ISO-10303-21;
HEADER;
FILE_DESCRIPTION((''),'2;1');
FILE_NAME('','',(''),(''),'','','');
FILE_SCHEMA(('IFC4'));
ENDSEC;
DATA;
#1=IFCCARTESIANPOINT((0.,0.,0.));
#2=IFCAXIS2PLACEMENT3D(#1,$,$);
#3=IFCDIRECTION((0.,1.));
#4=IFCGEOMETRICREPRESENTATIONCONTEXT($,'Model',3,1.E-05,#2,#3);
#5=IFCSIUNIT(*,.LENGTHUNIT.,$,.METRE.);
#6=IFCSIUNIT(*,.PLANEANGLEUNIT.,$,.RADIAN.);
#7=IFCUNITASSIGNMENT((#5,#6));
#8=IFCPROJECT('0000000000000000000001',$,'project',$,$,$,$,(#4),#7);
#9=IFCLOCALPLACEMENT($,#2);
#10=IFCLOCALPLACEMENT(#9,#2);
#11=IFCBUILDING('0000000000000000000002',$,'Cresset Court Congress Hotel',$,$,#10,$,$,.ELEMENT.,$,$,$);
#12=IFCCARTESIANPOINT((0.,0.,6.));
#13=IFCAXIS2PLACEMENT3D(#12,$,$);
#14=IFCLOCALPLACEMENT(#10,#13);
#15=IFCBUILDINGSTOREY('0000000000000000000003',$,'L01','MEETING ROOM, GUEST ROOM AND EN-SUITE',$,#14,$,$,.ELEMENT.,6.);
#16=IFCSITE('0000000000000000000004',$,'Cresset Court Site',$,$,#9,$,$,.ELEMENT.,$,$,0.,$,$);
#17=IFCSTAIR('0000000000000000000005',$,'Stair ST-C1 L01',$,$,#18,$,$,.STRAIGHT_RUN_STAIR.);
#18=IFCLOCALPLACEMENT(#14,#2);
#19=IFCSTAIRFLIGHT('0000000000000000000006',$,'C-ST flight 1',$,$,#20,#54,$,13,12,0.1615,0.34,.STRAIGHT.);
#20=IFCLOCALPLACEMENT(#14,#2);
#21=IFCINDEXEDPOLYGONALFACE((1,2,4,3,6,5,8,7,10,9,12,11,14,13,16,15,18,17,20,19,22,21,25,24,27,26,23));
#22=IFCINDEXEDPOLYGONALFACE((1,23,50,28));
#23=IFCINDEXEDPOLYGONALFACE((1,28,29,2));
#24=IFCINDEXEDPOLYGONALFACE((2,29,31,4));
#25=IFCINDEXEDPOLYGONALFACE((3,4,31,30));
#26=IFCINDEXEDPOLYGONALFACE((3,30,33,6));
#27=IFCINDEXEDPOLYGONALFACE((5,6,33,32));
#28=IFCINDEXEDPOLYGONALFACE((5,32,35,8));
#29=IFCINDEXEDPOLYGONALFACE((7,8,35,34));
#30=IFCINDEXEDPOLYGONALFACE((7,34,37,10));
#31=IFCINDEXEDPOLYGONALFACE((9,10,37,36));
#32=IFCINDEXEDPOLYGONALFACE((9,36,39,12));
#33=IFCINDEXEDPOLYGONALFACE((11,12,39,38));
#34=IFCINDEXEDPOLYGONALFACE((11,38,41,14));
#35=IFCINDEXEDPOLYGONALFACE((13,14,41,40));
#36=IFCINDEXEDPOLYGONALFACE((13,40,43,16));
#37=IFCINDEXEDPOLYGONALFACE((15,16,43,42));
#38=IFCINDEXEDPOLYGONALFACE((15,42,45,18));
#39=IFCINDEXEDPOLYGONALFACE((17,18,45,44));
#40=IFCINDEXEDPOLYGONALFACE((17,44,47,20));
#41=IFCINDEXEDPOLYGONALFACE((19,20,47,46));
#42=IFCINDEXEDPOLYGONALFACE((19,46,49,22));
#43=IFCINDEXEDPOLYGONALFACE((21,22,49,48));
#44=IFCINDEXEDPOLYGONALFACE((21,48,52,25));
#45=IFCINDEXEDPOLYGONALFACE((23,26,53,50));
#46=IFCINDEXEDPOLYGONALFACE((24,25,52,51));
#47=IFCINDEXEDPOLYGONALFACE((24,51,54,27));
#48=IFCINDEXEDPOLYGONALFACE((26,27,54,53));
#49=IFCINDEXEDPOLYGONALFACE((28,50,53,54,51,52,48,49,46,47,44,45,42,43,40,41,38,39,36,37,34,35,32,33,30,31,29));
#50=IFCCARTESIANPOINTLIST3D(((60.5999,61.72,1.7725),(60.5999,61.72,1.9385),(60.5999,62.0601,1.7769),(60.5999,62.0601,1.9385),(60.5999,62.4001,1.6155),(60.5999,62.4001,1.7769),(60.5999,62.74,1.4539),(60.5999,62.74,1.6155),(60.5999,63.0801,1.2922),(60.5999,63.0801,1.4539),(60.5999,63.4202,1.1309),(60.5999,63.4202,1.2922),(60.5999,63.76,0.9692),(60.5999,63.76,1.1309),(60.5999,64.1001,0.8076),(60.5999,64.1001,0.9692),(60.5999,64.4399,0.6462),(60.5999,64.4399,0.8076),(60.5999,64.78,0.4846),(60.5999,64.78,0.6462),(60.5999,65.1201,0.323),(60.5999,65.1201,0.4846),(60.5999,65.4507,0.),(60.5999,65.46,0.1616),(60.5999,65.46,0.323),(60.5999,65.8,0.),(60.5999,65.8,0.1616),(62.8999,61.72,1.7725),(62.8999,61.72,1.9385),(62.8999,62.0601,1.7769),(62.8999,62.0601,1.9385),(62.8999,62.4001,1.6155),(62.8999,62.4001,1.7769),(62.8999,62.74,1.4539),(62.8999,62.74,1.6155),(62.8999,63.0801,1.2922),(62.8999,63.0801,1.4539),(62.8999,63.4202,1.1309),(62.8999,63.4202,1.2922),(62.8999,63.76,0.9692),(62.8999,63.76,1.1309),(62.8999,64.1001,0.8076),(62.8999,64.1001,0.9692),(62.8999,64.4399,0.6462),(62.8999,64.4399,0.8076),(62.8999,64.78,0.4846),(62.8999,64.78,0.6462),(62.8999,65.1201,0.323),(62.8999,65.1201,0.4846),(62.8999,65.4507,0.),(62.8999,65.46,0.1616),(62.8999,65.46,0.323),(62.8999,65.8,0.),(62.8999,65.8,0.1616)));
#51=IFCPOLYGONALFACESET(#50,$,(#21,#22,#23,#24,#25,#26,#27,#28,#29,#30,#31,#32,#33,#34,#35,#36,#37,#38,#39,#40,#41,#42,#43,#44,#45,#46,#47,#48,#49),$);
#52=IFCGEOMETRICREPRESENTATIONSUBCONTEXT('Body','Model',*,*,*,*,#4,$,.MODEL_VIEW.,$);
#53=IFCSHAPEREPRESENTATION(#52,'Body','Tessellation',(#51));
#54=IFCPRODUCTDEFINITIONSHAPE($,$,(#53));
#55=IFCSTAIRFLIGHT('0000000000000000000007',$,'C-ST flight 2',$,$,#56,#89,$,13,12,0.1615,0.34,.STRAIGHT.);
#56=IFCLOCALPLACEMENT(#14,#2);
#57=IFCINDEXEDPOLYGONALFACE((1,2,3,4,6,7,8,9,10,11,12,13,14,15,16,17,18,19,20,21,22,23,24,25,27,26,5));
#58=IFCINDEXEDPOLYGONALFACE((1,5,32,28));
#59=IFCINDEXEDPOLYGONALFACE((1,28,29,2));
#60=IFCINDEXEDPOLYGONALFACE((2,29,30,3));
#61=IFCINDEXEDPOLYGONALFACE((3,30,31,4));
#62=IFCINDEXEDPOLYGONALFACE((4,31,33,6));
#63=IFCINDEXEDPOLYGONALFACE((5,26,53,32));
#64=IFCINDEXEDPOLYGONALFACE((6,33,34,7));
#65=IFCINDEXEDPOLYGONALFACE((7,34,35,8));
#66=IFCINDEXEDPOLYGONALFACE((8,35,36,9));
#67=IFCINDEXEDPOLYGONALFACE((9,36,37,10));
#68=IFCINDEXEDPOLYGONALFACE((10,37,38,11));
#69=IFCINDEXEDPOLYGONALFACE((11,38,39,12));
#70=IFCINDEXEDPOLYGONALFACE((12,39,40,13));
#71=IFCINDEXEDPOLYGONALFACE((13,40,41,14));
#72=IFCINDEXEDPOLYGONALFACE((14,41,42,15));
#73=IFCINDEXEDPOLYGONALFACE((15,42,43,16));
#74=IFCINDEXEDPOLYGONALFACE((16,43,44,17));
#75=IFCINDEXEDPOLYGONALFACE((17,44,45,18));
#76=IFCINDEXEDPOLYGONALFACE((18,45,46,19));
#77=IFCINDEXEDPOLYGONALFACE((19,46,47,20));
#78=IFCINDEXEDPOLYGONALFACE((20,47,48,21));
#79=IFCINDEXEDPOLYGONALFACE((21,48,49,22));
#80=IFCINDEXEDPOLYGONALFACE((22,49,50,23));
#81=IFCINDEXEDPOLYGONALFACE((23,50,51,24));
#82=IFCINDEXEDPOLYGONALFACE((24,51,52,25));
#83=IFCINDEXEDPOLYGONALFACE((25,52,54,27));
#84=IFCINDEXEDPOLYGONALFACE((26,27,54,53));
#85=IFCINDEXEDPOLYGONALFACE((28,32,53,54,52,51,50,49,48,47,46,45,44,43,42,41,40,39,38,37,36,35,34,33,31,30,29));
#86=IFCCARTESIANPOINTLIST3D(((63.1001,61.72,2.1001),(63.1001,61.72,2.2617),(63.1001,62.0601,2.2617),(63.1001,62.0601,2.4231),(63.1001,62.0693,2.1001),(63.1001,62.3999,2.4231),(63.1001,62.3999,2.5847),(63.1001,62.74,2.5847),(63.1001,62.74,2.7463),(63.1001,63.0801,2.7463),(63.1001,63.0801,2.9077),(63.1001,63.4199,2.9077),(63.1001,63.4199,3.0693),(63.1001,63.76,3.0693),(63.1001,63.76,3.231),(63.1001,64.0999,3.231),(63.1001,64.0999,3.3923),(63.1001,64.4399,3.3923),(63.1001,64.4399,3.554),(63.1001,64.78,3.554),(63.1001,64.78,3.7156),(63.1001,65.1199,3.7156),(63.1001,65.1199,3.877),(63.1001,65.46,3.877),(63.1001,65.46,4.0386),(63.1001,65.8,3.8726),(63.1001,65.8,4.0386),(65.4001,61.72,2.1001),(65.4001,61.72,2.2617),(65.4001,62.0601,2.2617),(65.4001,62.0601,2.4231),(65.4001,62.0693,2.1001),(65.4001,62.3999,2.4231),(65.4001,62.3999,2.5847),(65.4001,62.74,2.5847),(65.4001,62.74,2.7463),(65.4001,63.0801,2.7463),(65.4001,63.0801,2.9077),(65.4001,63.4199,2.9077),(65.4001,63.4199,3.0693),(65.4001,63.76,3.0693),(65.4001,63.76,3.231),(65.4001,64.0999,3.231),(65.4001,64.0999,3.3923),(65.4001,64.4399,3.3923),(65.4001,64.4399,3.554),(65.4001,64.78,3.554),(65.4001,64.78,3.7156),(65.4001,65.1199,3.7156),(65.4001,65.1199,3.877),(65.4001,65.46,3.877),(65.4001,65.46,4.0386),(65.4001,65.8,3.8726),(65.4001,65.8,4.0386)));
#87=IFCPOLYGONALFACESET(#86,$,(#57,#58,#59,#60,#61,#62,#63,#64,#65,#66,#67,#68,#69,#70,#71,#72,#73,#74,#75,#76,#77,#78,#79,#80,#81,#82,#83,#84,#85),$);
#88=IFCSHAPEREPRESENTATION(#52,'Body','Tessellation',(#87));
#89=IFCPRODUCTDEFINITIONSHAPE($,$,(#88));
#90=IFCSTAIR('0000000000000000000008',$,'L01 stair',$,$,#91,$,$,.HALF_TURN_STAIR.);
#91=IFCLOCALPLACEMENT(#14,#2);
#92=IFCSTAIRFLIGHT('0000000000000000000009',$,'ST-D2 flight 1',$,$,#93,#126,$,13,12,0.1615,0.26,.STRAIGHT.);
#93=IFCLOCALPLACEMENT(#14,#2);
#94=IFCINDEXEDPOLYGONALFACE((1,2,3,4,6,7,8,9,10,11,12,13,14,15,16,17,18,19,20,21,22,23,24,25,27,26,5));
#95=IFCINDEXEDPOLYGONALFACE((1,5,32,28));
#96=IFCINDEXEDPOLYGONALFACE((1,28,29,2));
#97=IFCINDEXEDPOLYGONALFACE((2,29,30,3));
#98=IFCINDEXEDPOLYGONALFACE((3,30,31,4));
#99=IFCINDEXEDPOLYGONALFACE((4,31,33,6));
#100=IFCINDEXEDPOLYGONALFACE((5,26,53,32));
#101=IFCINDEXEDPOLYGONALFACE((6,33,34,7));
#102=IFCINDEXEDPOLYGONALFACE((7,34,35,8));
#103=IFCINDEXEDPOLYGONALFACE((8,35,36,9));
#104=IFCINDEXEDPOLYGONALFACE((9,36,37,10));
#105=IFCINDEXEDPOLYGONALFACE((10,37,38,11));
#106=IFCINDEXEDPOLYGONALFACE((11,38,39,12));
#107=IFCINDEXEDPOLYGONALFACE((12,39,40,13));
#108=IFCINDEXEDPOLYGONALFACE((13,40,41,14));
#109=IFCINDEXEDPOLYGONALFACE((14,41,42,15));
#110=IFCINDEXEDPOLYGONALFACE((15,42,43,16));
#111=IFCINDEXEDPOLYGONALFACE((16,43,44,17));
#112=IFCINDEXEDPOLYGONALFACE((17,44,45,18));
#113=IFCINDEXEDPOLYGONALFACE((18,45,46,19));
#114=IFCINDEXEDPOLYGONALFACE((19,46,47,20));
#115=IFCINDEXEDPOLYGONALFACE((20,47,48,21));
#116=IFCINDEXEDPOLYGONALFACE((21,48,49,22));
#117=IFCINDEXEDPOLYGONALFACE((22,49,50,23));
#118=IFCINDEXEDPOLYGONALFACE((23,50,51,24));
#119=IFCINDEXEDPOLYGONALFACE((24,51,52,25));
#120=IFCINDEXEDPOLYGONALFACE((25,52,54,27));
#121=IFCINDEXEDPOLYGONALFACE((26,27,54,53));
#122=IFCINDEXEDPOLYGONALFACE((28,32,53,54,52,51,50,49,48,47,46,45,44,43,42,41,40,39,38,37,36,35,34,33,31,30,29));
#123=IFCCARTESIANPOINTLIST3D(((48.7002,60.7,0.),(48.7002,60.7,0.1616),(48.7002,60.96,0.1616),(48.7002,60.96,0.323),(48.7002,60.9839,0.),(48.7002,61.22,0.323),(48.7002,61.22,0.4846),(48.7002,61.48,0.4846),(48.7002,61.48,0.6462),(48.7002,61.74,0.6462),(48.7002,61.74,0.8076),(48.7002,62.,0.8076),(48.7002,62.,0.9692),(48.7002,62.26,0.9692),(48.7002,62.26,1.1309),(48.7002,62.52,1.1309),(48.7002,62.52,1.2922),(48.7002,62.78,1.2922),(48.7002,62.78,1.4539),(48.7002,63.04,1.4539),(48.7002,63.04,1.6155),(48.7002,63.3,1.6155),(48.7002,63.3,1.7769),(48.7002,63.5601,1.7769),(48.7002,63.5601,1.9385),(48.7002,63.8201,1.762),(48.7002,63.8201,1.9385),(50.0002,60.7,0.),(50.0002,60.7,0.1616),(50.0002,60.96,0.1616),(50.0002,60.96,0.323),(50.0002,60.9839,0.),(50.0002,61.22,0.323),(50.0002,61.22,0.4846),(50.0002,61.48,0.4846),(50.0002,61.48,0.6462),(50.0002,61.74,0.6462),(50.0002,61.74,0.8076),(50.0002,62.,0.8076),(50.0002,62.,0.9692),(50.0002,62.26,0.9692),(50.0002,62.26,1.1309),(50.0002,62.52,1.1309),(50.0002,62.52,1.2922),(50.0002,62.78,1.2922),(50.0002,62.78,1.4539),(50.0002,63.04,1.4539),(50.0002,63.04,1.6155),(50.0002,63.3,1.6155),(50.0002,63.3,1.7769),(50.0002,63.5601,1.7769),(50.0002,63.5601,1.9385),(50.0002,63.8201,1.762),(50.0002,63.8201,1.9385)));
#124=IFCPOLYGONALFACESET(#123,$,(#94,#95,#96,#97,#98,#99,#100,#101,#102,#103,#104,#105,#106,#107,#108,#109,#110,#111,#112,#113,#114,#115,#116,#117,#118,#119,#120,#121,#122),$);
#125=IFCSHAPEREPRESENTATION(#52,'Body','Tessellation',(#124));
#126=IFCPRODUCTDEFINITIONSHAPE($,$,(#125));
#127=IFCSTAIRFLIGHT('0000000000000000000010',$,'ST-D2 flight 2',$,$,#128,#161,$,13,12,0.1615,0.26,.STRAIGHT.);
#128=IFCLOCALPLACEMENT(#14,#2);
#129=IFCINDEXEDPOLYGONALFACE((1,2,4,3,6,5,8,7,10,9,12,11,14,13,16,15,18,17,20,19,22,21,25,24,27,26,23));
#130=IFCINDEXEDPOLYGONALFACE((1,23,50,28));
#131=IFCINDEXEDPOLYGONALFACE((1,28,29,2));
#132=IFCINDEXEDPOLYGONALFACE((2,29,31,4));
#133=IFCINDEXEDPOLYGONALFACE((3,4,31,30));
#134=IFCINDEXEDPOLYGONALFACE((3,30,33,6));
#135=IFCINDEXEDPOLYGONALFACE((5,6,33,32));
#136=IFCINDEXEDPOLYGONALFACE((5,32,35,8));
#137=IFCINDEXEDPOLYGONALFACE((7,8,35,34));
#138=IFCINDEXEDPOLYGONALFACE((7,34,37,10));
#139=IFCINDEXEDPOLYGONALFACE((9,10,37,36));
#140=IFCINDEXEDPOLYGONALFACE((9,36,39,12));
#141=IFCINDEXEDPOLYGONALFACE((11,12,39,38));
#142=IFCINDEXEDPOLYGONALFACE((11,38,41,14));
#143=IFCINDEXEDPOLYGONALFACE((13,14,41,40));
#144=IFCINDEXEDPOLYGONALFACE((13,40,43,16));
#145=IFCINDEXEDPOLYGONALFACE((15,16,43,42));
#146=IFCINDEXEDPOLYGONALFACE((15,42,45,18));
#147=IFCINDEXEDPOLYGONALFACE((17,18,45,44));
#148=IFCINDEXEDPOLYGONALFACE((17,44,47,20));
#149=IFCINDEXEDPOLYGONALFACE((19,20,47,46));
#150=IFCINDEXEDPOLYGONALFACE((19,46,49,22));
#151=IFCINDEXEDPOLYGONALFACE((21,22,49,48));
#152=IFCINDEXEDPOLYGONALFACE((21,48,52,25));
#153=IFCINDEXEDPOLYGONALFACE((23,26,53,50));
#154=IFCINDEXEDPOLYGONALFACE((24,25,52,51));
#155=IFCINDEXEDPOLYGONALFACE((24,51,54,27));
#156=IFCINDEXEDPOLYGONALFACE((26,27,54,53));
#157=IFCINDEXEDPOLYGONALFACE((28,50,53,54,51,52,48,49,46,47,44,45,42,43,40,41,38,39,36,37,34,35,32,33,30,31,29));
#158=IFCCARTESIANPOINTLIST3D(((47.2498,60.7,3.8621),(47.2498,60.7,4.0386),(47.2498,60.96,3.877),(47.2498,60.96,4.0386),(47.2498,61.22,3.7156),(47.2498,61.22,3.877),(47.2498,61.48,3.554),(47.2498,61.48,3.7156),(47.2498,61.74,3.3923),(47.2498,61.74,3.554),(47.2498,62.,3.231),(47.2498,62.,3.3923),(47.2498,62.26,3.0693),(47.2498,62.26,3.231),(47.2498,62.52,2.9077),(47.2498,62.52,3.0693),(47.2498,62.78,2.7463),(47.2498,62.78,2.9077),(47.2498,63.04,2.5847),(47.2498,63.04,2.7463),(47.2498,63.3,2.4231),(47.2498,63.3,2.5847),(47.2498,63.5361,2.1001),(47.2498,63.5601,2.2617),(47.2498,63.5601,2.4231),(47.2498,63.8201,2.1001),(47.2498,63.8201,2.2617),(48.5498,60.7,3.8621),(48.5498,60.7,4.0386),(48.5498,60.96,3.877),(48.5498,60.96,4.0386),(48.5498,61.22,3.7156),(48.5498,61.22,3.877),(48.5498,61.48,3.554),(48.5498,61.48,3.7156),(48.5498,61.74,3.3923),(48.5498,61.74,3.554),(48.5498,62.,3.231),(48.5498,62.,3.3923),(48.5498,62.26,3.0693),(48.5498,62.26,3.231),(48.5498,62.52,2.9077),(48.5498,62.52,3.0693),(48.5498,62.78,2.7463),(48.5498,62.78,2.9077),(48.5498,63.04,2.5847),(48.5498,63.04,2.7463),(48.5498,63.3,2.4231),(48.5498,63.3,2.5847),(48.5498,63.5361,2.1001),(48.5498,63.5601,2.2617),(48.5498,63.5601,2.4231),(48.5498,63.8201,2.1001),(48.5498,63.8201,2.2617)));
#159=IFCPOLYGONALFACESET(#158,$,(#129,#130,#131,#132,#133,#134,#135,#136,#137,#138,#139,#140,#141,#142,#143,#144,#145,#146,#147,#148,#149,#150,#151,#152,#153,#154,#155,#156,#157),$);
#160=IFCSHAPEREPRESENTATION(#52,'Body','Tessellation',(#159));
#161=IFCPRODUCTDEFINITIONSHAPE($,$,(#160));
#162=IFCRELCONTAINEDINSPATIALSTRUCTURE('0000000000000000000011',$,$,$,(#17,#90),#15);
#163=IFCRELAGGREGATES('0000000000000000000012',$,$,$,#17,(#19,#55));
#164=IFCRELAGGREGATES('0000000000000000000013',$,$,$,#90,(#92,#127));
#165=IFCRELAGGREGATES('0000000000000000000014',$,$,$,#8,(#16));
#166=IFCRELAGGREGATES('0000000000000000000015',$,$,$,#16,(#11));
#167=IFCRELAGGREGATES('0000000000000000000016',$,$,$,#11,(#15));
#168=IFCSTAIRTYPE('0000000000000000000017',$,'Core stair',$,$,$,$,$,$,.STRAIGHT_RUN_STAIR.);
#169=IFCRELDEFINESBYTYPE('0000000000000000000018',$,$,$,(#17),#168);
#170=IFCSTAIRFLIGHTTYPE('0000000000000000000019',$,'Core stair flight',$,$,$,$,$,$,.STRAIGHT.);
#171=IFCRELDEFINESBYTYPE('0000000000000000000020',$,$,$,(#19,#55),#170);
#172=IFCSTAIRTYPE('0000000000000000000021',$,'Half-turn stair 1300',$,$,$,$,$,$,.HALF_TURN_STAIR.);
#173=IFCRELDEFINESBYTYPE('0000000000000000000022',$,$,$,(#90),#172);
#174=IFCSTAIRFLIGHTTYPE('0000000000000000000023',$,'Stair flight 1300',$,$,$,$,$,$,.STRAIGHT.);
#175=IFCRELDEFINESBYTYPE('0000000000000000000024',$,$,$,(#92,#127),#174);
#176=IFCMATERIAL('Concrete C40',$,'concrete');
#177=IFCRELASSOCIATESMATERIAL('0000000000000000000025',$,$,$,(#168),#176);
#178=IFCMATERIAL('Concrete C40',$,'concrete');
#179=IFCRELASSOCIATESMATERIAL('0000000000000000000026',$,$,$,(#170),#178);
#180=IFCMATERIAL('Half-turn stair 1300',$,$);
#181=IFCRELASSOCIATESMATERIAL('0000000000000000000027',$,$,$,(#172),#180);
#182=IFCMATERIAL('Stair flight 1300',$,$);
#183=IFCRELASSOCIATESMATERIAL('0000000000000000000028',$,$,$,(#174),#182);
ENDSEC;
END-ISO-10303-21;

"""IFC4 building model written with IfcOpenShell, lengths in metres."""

from ifc_helpers import new_model, si_unit, direction, frame, origin, place, context, subcontext, project, spatial, polyline, outline, extrude, material, type_object, element, aggregate, save


model = new_model("IFC4")

# Units and contexts
model_context = context("Model", 3, precision=1e-05, world=origin(), true_north=direction((0.0, 1.0)))
body_context = subcontext(model_context, "Body", "Model", "MODEL_VIEW")
ifc_project = project(units=[si_unit("LENGTHUNIT", "METRE"), si_unit("PLANEANGLEUNIT", "RADIAN")], contexts=[model_context])

# Site, building, storey
site_placement = place(None, origin())
site = spatial("IfcSite", under=ifc_project, at=site_placement, Name="Cresset Court Site", CompositionType="ELEMENT", RefElevation=0.0)
building_placement = place(site_placement, origin())
building = spatial("IfcBuilding", under=site, at=building_placement, Name="Cresset Court Congress Hotel", CompositionType="ELEMENT")
storey_placement = place(building_placement, frame((0.0, 0.0, 6.0)))
storey = spatial("IfcBuildingStorey", under=building, at=storey_placement, Name="L01", Description="MEETING ROOM, GUEST ROOM AND EN-SUITE", CompositionType="ELEMENT", Elevation=6.0)

# Stairs, stair flights
ifc_material_1 = material(Name="Concrete C40", Category="concrete")
stair_type_1 = type_object("IfcStairType", Name="Core stair", PredefinedType="STRAIGHT_RUN_STAIR", material=ifc_material_1)
stair_1_placement = place(storey_placement, origin())
stair_1 = element("IfcStair", 1, at=stair_1_placement, inside=storey, type_object=stair_type_1, Name="Stair ST-C1 L01", PredefinedType="STRAIGHT_RUN_STAIR")
ifc_material_2 = material(Name="Concrete C40", Category="concrete")
stair_flight_type_1 = type_object("IfcStairFlightType", Name="Core stair flight", PredefinedType="STRAIGHT", material=ifc_material_2)
stair_flight_1_placement = place(storey_placement, frame((61.75, 65.8, 0.0), z_axis=(0.0, 0.0, 1.0), x_axis=(0.0, -1.0, 0.0)))
stair_flight_1 = element("IfcStairFlight", 2, at=stair_flight_1_placement, type_object=stair_flight_type_1, Name="C-ST flight 1", NumberOfRisers=13, NumberOfTreads=12, PredefinedType="STRAIGHT", RiserHeight=0.1615, TreadLength=0.34, context=body_context, shape_type="SweptSolid", body=[
    extrude(outline(polyline([(0.0, 0.0), (0.0, 0.1616), (0.3401, 0.1616), (0.3401, 0.323), (0.6799, 0.323), (0.6799, 0.4846), (1.02, 0.4846), (1.02, 0.6462), (1.3601, 0.6462), (1.3601, 0.8076), (1.7, 0.8076), (1.7, 0.9692), (2.04, 0.9692), (2.04, 1.1309), (2.3799, 1.1309), (2.3799, 1.2922), (2.72, 1.2922), (2.72, 1.4539), (3.0601, 1.4539), (3.0601, 1.6155), (3.3999, 1.6155), (3.3999, 1.7769), (3.74, 1.7769), (3.74, 1.9385), (4.0801, 1.9385), (4.0801, 2.1001), (4.0801, 1.7725), (0.3494, 0.0), (0.0, 0.0)])), frame((0.0, 1.1499, 0.0), z_axis=(0.0, -1.0, 0.0), x_axis=(1.0, 0.0, 0.0)), (0.0, 0.0, 1.0), 2.3),
])
stair_flight_2_placement = place(storey_placement, frame((64.25, 61.72, 2.1001), z_axis=(0.0, 0.0, 1.0), x_axis=(0.0, 1.0, 0.0)))
stair_flight_2 = element("IfcStairFlight", 3, at=stair_flight_2_placement, type_object=stair_flight_type_1, Name="C-ST flight 2", NumberOfRisers=13, NumberOfTreads=12, PredefinedType="STRAIGHT", RiserHeight=0.1615, TreadLength=0.34, context=body_context, shape_type="SweptSolid", body=[
    extrude(outline(polyline([(0.0, 0.0), (0.0, 0.1616), (0.3401, 0.1616), (0.3401, 0.323), (0.6799, 0.323), (0.6799, 0.4846), (1.02, 0.4846), (1.02, 0.6462), (1.3601, 0.6462), (1.3601, 0.8076), (1.7, 0.8076), (1.7, 0.9692), (2.04, 0.9692), (2.04, 1.1309), (2.3799, 1.1309), (2.3799, 1.2922), (2.72, 1.2922), (2.72, 1.4539), (3.0601, 1.4539), (3.0601, 1.6155), (3.3999, 1.6155), (3.3999, 1.7769), (3.74, 1.7769), (3.74, 1.9385), (4.0801, 1.9385), (4.0801, 2.1001), (4.0801, 1.7725), (0.3494, 0.0), (0.0, 0.0)])), frame((0.0, 1.1499, 0.0), z_axis=(0.0, -1.0, 0.0), x_axis=(1.0, 0.0, 0.0)), (0.0, 0.0, 1.0), 2.3),
])
aggregate(stair_1, [stair_flight_1, stair_flight_2])
ifc_material_3 = material(Name="Half-turn stair 1300")
stair_type_2 = type_object("IfcStairType", Name="Half-turn stair 1300", PredefinedType="HALF_TURN_STAIR", material=ifc_material_3)
stair_2_placement = place(storey_placement, origin())
stair_2 = element("IfcStair", 4, at=stair_2_placement, inside=storey, type_object=stair_type_2, Name="L01 stair", PredefinedType="HALF_TURN_STAIR")
ifc_material_4 = material(Name="Stair flight 1300")
stair_flight_type_2 = type_object("IfcStairFlightType", Name="Stair flight 1300", PredefinedType="STRAIGHT", material=ifc_material_4)
stair_flight_3_placement = place(storey_placement, frame((49.3501, 60.7, 0.0), z_axis=(0.0, 0.0, 1.0), x_axis=(0.0, 1.0, 0.0)))
stair_flight_3 = element("IfcStairFlight", 5, at=stair_flight_3_placement, type_object=stair_flight_type_2, Name="ST-D2 flight 1", NumberOfRisers=13, NumberOfTreads=12, PredefinedType="STRAIGHT", RiserHeight=0.1615, TreadLength=0.26, context=body_context, shape_type="SweptSolid", body=[
    extrude(outline(polyline([(0.0, 0.0), (0.0, 0.1616), (0.26, 0.1616), (0.26, 0.323), (0.52, 0.323), (0.52, 0.4846), (0.78, 0.4846), (0.78, 0.6462), (1.04, 0.6462), (1.04, 0.8076), (1.3, 0.8076), (1.3, 0.9692), (1.5601, 0.9692), (1.5601, 1.1309), (1.8201, 1.1309), (1.8201, 1.2922), (2.0801, 1.2922), (2.0801, 1.4539), (2.3401, 1.4539), (2.3401, 1.6155), (2.6001, 1.6155), (2.6001, 1.7769), (2.8601, 1.7769), (2.8601, 1.9385), (3.1201, 1.9385), (3.1201, 2.1001), (3.1201, 1.762), (0.2839, 0.0), (0.0, 0.0)])), frame((0.0, 0.6499, 0.0), z_axis=(0.0, -1.0, 0.0), x_axis=(1.0, 0.0, 0.0)), (0.0, 0.0, 1.0), 1.3),
])
stair_flight_4_placement = place(storey_placement, frame((47.8999, 63.8201, 2.1001), z_axis=(0.0, 0.0, 1.0), x_axis=(0.0, -1.0, 0.0)))
stair_flight_4 = element("IfcStairFlight", 6, at=stair_flight_4_placement, type_object=stair_flight_type_2, Name="ST-D2 flight 2", NumberOfRisers=13, NumberOfTreads=12, PredefinedType="STRAIGHT", RiserHeight=0.1615, TreadLength=0.26, context=body_context, shape_type="SweptSolid", body=[
    extrude(outline(polyline([(0.0, 0.0), (0.0, 0.1616), (0.26, 0.1616), (0.26, 0.323), (0.52, 0.323), (0.52, 0.4846), (0.78, 0.4846), (0.78, 0.6462), (1.04, 0.6462), (1.04, 0.8076), (1.3, 0.8076), (1.3, 0.9692), (1.5601, 0.9692), (1.5601, 1.1309), (1.8201, 1.1309), (1.8201, 1.2922), (2.0801, 1.2922), (2.0801, 1.4539), (2.3401, 1.4539), (2.3401, 1.6155), (2.6001, 1.6155), (2.6001, 1.7769), (2.8601, 1.7769), (2.8601, 1.9385), (3.1201, 1.9385), (3.1201, 2.1001), (3.1201, 1.762), (0.2839, 0.0), (0.0, 0.0)])), frame((0.0, 0.6499, 0.0), z_axis=(0.0, -1.0, 0.0), x_axis=(1.0, 0.0, 0.0)), (0.0, 0.0, 1.0), 1.3),
])
aggregate(stair_2, [stair_flight_3, stair_flight_4])

save(model, "model.ifc")
